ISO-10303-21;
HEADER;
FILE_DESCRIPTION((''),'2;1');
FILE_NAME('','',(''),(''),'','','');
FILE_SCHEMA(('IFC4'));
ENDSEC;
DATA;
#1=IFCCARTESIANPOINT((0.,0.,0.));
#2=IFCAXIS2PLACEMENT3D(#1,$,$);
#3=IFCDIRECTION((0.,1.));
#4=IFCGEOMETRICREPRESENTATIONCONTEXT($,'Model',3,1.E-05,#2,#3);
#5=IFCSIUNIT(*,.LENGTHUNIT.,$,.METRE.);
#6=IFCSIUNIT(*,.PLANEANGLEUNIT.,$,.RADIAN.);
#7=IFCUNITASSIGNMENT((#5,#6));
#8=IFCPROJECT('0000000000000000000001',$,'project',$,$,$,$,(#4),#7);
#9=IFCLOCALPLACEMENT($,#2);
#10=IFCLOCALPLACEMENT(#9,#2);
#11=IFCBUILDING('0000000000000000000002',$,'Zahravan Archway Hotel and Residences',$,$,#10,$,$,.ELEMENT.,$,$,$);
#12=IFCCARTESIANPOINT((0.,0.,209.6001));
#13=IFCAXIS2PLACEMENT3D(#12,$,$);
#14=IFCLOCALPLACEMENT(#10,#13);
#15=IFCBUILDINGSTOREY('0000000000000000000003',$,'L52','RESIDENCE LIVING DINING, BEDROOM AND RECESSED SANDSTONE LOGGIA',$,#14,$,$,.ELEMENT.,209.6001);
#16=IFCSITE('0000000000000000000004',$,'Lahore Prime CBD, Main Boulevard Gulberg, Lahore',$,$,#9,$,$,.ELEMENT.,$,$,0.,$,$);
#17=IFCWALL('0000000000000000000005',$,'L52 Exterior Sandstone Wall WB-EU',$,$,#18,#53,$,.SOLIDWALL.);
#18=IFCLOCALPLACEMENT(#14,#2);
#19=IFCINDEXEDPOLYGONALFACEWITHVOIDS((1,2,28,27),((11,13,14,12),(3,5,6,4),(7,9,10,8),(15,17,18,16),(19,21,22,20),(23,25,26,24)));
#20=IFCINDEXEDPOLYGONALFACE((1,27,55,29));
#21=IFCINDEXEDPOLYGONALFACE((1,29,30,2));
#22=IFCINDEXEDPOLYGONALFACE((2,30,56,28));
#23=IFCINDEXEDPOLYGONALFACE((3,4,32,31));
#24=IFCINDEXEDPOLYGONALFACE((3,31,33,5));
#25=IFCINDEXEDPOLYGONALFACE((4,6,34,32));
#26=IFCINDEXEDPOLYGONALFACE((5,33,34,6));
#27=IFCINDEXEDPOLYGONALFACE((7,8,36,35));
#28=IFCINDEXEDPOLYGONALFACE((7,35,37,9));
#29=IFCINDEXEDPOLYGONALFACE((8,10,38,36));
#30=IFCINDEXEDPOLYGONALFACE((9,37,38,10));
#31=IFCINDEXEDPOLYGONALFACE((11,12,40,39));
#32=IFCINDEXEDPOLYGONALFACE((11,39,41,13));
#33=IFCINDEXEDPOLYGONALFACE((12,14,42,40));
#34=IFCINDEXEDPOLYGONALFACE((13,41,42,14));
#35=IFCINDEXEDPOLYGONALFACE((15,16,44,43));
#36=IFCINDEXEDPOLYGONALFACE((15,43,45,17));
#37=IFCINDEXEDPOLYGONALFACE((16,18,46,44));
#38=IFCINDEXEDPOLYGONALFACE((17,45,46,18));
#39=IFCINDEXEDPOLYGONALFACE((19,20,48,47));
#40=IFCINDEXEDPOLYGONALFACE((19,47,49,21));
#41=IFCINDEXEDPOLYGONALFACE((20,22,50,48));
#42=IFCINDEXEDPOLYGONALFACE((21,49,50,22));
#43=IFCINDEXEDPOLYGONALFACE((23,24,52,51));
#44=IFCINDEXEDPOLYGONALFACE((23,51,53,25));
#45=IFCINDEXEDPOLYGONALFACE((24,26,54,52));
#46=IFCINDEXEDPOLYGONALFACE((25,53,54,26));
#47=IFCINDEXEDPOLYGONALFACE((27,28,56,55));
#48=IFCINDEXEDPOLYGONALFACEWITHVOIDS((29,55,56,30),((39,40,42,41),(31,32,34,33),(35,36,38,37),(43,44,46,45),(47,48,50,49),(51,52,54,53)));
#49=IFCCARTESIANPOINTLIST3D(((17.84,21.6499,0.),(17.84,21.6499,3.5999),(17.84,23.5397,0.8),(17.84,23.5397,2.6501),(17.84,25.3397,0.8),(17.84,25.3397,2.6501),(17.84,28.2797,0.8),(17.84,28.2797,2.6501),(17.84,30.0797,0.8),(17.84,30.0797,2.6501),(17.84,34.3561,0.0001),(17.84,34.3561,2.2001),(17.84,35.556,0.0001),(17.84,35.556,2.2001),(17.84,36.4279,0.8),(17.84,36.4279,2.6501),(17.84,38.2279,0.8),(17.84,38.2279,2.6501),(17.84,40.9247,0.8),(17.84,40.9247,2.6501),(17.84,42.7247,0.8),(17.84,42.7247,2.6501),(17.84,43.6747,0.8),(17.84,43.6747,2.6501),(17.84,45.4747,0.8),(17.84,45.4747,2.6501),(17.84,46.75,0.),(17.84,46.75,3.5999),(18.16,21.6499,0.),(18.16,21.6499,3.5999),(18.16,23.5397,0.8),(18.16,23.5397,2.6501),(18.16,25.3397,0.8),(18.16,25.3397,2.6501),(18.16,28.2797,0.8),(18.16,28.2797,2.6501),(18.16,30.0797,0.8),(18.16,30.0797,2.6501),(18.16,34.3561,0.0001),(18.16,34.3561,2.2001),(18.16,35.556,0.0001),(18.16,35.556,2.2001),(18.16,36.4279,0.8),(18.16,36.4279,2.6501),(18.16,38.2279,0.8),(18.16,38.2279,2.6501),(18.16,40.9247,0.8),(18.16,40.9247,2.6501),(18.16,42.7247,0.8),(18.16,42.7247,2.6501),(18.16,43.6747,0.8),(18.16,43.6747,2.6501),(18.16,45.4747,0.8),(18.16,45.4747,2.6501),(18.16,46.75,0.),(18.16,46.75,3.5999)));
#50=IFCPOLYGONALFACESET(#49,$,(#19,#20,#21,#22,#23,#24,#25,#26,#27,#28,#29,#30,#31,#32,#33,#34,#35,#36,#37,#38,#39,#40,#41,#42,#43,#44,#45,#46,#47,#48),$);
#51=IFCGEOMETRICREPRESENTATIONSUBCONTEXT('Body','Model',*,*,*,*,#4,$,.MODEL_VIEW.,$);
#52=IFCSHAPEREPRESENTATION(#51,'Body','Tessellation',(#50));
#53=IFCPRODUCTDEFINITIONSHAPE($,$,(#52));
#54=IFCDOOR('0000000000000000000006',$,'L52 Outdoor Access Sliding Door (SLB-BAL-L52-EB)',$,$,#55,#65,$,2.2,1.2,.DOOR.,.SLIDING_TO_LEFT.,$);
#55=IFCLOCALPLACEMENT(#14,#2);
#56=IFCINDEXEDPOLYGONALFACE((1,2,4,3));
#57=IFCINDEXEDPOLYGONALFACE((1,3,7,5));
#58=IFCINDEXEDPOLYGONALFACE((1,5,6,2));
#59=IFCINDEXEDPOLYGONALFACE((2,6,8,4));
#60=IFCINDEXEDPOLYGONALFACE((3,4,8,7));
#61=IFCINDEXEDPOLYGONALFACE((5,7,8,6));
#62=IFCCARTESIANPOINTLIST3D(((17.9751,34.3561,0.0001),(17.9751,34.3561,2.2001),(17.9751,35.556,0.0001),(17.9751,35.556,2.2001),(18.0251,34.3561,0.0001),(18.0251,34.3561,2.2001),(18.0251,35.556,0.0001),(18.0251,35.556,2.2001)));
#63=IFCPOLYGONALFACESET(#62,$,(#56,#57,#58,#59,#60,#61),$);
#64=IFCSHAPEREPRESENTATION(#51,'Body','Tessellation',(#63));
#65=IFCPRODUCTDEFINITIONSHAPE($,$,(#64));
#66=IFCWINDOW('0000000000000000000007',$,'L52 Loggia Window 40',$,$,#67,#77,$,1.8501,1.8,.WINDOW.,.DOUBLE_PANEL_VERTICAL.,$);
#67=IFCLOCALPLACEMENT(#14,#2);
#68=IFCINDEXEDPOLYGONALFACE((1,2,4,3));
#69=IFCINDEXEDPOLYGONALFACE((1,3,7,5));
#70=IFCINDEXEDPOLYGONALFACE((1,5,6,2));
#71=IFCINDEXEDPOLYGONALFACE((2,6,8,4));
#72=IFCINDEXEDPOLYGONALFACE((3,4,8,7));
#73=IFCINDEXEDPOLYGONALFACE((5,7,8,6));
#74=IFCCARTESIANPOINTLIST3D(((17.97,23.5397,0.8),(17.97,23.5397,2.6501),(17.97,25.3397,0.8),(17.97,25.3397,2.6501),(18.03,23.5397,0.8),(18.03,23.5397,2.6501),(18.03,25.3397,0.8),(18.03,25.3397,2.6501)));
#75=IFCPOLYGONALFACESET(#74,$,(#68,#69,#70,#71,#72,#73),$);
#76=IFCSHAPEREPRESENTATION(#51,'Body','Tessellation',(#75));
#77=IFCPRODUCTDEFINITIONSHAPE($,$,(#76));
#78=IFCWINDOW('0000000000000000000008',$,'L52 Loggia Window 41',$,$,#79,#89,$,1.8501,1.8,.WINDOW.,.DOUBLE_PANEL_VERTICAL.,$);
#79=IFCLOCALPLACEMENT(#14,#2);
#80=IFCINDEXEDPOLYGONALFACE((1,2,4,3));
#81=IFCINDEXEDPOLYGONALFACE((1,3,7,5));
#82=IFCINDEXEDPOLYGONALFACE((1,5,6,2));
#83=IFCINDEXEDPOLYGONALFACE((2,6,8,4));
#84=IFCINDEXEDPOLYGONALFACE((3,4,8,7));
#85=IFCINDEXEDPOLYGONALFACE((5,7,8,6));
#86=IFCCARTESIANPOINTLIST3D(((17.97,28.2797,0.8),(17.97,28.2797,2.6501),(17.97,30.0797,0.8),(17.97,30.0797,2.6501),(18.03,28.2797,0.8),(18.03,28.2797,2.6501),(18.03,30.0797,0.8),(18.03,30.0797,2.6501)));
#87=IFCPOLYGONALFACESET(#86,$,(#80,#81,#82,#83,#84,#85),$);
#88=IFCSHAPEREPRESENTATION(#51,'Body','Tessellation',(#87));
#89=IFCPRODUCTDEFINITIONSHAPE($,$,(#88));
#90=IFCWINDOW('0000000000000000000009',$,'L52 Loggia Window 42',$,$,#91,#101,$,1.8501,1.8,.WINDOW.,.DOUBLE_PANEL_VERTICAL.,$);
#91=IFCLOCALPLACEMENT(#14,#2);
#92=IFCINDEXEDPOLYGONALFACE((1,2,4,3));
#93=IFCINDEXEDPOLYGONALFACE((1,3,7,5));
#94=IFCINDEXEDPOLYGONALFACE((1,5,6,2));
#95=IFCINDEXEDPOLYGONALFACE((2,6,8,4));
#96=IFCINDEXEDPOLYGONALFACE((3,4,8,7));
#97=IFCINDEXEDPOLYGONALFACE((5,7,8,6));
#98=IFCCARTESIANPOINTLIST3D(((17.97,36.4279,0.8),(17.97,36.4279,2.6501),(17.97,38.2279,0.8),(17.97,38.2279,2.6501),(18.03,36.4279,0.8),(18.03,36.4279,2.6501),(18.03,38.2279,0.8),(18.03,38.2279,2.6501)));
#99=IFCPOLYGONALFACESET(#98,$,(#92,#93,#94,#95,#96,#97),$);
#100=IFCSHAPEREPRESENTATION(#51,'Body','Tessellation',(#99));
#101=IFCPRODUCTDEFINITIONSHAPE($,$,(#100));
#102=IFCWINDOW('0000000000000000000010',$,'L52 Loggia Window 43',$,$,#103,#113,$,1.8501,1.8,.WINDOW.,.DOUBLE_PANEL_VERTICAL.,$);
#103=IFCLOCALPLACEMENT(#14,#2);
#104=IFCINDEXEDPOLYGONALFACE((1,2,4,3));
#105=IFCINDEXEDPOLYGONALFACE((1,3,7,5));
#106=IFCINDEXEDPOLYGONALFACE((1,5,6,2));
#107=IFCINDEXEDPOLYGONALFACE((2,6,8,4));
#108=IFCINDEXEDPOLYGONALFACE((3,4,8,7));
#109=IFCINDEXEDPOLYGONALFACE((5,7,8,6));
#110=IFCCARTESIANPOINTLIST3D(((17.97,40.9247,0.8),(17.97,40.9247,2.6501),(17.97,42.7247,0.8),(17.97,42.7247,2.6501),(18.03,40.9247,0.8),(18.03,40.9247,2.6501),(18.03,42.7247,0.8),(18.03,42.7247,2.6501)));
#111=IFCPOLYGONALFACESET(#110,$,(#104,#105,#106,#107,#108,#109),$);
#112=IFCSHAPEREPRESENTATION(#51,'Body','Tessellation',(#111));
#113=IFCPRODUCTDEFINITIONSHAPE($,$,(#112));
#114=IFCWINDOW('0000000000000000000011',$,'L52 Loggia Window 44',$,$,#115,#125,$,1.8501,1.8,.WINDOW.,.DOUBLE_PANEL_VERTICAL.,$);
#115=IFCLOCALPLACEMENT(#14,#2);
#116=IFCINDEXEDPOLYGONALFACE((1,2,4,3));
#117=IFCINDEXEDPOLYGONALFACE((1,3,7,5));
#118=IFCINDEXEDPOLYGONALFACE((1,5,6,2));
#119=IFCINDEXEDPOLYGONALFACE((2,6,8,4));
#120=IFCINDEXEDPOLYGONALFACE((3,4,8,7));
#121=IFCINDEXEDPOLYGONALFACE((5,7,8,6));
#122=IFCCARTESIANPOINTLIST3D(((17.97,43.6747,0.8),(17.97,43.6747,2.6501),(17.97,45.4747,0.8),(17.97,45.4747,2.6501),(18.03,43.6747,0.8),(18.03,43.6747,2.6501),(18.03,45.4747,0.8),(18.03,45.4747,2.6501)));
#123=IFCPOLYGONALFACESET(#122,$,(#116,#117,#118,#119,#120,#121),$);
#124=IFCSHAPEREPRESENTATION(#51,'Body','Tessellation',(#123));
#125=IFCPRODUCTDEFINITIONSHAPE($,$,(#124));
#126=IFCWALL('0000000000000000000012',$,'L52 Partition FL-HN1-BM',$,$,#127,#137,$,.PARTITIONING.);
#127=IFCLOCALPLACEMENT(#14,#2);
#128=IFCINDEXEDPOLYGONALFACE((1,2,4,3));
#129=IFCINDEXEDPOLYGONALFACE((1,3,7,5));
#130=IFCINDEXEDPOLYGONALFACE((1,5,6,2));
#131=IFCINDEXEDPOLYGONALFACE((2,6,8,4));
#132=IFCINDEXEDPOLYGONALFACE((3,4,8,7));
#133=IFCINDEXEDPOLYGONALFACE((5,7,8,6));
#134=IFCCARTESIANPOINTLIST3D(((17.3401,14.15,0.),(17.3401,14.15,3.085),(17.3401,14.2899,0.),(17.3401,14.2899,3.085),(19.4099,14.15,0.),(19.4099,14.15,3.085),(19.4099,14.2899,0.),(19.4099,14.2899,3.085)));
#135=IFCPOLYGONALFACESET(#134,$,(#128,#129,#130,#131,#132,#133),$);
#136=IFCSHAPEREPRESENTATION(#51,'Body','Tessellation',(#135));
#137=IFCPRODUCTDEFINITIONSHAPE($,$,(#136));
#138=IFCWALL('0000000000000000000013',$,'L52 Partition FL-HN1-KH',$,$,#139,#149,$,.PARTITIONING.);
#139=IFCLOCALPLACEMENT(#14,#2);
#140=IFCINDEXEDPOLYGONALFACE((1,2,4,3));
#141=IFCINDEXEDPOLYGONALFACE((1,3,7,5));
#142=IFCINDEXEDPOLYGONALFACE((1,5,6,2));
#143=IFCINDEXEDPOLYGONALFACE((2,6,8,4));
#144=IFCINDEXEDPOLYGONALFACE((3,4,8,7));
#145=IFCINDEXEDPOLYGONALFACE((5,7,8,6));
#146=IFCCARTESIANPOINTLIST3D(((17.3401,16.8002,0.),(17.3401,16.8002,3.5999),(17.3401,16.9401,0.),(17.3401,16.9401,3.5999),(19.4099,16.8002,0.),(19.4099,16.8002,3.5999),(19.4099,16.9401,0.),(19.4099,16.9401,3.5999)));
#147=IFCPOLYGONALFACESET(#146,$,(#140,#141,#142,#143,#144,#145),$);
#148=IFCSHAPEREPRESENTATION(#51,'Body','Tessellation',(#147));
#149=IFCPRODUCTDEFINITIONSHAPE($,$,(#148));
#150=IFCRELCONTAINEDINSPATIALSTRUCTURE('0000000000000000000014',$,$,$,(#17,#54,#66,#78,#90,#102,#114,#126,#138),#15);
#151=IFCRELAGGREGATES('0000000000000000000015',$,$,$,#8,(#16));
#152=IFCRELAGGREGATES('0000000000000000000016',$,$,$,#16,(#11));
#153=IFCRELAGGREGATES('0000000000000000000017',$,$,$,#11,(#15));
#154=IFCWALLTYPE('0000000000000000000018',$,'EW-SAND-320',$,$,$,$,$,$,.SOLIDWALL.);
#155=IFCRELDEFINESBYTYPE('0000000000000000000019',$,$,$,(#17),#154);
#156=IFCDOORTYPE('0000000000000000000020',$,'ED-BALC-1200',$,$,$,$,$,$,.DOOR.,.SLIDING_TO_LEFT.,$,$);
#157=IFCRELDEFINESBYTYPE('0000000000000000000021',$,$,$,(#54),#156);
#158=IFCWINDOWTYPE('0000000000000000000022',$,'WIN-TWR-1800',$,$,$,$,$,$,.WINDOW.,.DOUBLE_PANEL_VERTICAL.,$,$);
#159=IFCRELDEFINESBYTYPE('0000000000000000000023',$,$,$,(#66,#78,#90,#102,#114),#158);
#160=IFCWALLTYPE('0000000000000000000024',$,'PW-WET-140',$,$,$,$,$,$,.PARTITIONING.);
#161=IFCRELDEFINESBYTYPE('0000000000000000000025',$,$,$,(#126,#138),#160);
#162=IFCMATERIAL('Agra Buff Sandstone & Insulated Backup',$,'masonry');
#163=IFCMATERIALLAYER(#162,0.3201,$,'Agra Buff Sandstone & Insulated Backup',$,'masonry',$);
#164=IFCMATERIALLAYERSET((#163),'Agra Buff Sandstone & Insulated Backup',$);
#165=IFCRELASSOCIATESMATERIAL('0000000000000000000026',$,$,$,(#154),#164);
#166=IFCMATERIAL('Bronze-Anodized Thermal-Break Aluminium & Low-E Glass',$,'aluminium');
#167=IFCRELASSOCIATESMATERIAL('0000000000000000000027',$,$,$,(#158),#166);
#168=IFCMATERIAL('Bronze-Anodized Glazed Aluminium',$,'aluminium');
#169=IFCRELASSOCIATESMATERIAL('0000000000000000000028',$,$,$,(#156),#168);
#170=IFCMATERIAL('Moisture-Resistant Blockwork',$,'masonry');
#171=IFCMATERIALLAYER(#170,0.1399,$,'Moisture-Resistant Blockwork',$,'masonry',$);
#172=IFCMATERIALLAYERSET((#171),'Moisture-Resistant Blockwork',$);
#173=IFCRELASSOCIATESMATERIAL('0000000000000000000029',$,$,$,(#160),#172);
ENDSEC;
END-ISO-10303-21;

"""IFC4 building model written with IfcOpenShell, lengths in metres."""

from ifc_helpers import new_model, si_unit, direction, frame, frame_2d, origin, place, context, subcontext, project, spatial, rectangle, extrude, source, transform, mapped, material, layer, layer_set, type_object, type_shapes, element, fill, save


model = new_model("IFC4")

# Units and contexts
model_context = context("Model", 3, precision=1e-05, world=origin(), true_north=direction((0.0, 1.0)))
body_context = subcontext(model_context, "Body", "Model", "MODEL_VIEW")
ifc_project = project(units=[si_unit("LENGTHUNIT", "METRE"), si_unit("PLANEANGLEUNIT", "RADIAN")], contexts=[model_context])

# Site, building, storey
site_placement = place(None, origin())
site = spatial("IfcSite", under=ifc_project, at=site_placement, Name="Lahore Prime CBD, Main Boulevard Gulberg, Lahore", CompositionType="ELEMENT", RefElevation=0.0)
building_placement = place(site_placement, origin())
building = spatial("IfcBuilding", under=site, at=building_placement, Name="Zahravan Archway Hotel and Residences", CompositionType="ELEMENT")
storey_placement = place(building_placement, frame((0.0, 0.0, 209.6001)))
storey = spatial("IfcBuildingStorey", under=building, at=storey_placement, Name="L52", Description="RESIDENCE LIVING DINING, BEDROOM AND RECESSED SANDSTONE LOGGIA", CompositionType="ELEMENT", Elevation=209.6001)

# Shared definitions
ifc_material_1 = material(Name="Agra Buff Sandstone & Insulated Backup", Category="masonry")
ifc_layer_1 = layer(ifc_material_1, 0.3201, Name="Agra Buff Sandstone & Insulated Backup", Category="masonry")
ifc_layer_set_1 = layer_set([ifc_layer_1], Name="Agra Buff Sandstone & Insulated Backup")
wall_type_1 = type_object("IfcWallType", Name="EW-SAND-320", PredefinedType="SOLIDWALL", material=ifc_layer_set_1)
ifc_material_2 = material(Name="Bronze-Anodized Thermal-Break Aluminium & Low-E Glass", Category="aluminium")
window_type_1 = type_object("IfcWindowType", Name="WIN-TWR-1800", PartitioningType="DOUBLE_PANEL_VERTICAL", PredefinedType="WINDOW", material=ifc_material_2)
shared_shape_1 = source(origin(), body_context, "Body", "SweptSolid", [
    extrude(rectangle(XDim=1.8, YDim=1.8501, at=frame_2d((0.8999, 0.925))), frame((0.0, 0.03, 0.0), z_axis=(0.0, -1.0, 0.0), x_axis=(1.0, 0.0, 0.0)), (0.0, 0.0, 1.0), 0.0601),
])
type_shapes(window_type_1, [shared_shape_1])

# Wall, openings, door, windows
wall_1_placement = place(storey_placement, frame((18.0, 21.6499, 0.0), z_axis=(0.0, 0.0, 1.0), x_axis=(0.0, 1.0, 0.0)))
wall_1 = element("IfcWall", 1, at=wall_1_placement, inside=storey, type_object=wall_type_1, Name="L52 Exterior Sandstone Wall WB-EU", PredefinedType="SOLIDWALL", context=body_context, shape_type="SweptSolid", body=[
    extrude(rectangle(XDim=25.1001, YDim=0.3201, at=frame_2d((12.55, 0.0))), origin(), (0.0, 0.0, 1.0), 3.5999),
])
opening_1_placement = place(wall_1_placement, frame((12.7061, 0.0, 0.0)))
opening_1 = element("IfcOpeningElement", 2, at=opening_1_placement, cuts=wall_1, PredefinedType="OPENING", context=body_context, shape_type="SweptSolid", body=[
    extrude(rectangle(XDim=1.2, YDim=2.2, at=frame_2d((0.6001, 1.1001))), frame((0.0, 0.1699, 0.0), z_axis=(0.0, -1.0, 0.0), x_axis=(1.0, 0.0, 0.0)), (0.0, 0.0, 1.0), 0.3401),
])
opening_2_placement = place(wall_1_placement, frame((1.8899, 0.0, 0.8)))
opening_2 = element("IfcOpeningElement", 3, at=opening_2_placement, cuts=wall_1, PredefinedType="OPENING", context=body_context, shape_type="SweptSolid", body=[
    extrude(rectangle(XDim=1.8, YDim=1.8501, at=frame_2d((0.8999, 0.925))), frame((0.0, 0.1699, 0.0), z_axis=(0.0, -1.0, 0.0), x_axis=(1.0, 0.0, 0.0)), (0.0, 0.0, 1.0), 0.3401),
])
opening_3_placement = place(wall_1_placement, frame((6.6299, 0.0, 0.8)))
opening_3 = element("IfcOpeningElement", 4, at=opening_3_placement, cuts=wall_1, PredefinedType="OPENING", context=body_context, shape_type="SweptSolid", body=[
    extrude(rectangle(XDim=1.8, YDim=1.8501, at=frame_2d((0.8999, 0.925))), frame((0.0, 0.1699, 0.0), z_axis=(0.0, -1.0, 0.0), x_axis=(1.0, 0.0, 0.0)), (0.0, 0.0, 1.0), 0.3401),
])
opening_4_placement = place(wall_1_placement, frame((14.7781, 0.0, 0.8)))
opening_4 = element("IfcOpeningElement", 5, at=opening_4_placement, cuts=wall_1, PredefinedType="OPENING", context=body_context, shape_type="SweptSolid", body=[
    extrude(rectangle(XDim=1.8, YDim=1.8501, at=frame_2d((0.8999, 0.925))), frame((0.0, 0.1699, 0.0), z_axis=(0.0, -1.0, 0.0), x_axis=(1.0, 0.0, 0.0)), (0.0, 0.0, 1.0), 0.3401),
])
opening_5_placement = place(wall_1_placement, frame((19.2749, 0.0, 0.8)))
opening_5 = element("IfcOpeningElement", 6, at=opening_5_placement, cuts=wall_1, PredefinedType="OPENING", context=body_context, shape_type="SweptSolid", body=[
    extrude(rectangle(XDim=1.8, YDim=1.8501, at=frame_2d((0.8999, 0.925))), frame((0.0, 0.1699, 0.0), z_axis=(0.0, -1.0, 0.0), x_axis=(1.0, 0.0, 0.0)), (0.0, 0.0, 1.0), 0.3401),
])
opening_6_placement = place(wall_1_placement, frame((22.0249, 0.0, 0.8)))
opening_6 = element("IfcOpeningElement", 7, at=opening_6_placement, cuts=wall_1, PredefinedType="OPENING", context=body_context, shape_type="SweptSolid", body=[
    extrude(rectangle(XDim=1.8, YDim=1.8501, at=frame_2d((0.8999, 0.925))), frame((0.0, 0.1699, 0.0), z_axis=(0.0, -1.0, 0.0), x_axis=(1.0, 0.0, 0.0)), (0.0, 0.0, 1.0), 0.3401),
])
ifc_material_3 = material(Name="Bronze-Anodized Glazed Aluminium", Category="aluminium")
door_type = type_object("IfcDoorType", Name="ED-BALC-1200", OperationType="SLIDING_TO_LEFT", PredefinedType="DOOR", material=ifc_material_3)
shared_shape_2 = source(origin(), body_context, "Body", "SweptSolid", [
    extrude(rectangle(XDim=1.2, YDim=2.2, at=frame_2d((0.6001, 1.1001))), frame((0.0, 0.0249, 0.0), z_axis=(0.0, -1.0, 0.0), x_axis=(1.0, 0.0, 0.0)), (0.0, 0.0, 1.0), 0.05),
])
type_shapes(door_type, [shared_shape_2])
door_placement = place(opening_1_placement, origin())
door = element("IfcDoor", 8, at=door_placement, inside=storey, type_object=door_type, Name="L52 Outdoor Access Sliding Door (SLB-BAL-L52-EB)", OperationType="SLIDING_TO_LEFT", OverallHeight=2.2, OverallWidth=1.2, PredefinedType="DOOR", context=body_context, shape_type="MappedRepresentation", body=[
    mapped(shared_shape_2, transform((0.0, 0.0, 0.0), scale=1.0)),
])
fill(opening_1, door)
window_1_placement = place(opening_2_placement, origin())
window_1 = element("IfcWindow", 9, at=window_1_placement, inside=storey, type_object=window_type_1, Name="L52 Loggia Window 40", OverallHeight=1.8501, OverallWidth=1.8, PartitioningType="DOUBLE_PANEL_VERTICAL", PredefinedType="WINDOW", context=body_context, shape_type="MappedRepresentation", body=[
    mapped(shared_shape_1, transform((0.0, 0.0, 0.0), scale=1.0)),
])
fill(opening_2, window_1)
window_2_placement = place(opening_3_placement, origin())
window_2 = element("IfcWindow", 10, at=window_2_placement, inside=storey, type_object=window_type_1, Name="L52 Loggia Window 41", OverallHeight=1.8501, OverallWidth=1.8, PartitioningType="DOUBLE_PANEL_VERTICAL", PredefinedType="WINDOW", context=body_context, shape_type="MappedRepresentation", body=[
    mapped(shared_shape_1, transform((0.0, 0.0, 0.0), scale=1.0)),
])
fill(opening_3, window_2)
window_3_placement = place(opening_4_placement, origin())
window_3 = element("IfcWindow", 11, at=window_3_placement, inside=storey, type_object=window_type_1, Name="L52 Loggia Window 42", OverallHeight=1.8501, OverallWidth=1.8, PartitioningType="DOUBLE_PANEL_VERTICAL", PredefinedType="WINDOW", context=body_context, shape_type="MappedRepresentation", body=[
    mapped(shared_shape_1, transform((0.0, 0.0, 0.0), scale=1.0)),
])
fill(opening_4, window_3)
window_4_placement = place(opening_5_placement, origin())
window_4 = element("IfcWindow", 12, at=window_4_placement, inside=storey, type_object=window_type_1, Name="L52 Loggia Window 43", OverallHeight=1.8501, OverallWidth=1.8, PartitioningType="DOUBLE_PANEL_VERTICAL", PredefinedType="WINDOW", context=body_context, shape_type="MappedRepresentation", body=[
    mapped(shared_shape_1, transform((0.0, 0.0, 0.0), scale=1.0)),
])
fill(opening_5, window_4)
window_5_placement = place(opening_6_placement, origin())
window_5 = element("IfcWindow", 13, at=window_5_placement, inside=storey, type_object=window_type_1, Name="L52 Loggia Window 44", OverallHeight=1.8501, OverallWidth=1.8, PartitioningType="DOUBLE_PANEL_VERTICAL", PredefinedType="WINDOW", context=body_context, shape_type="MappedRepresentation", body=[
    mapped(shared_shape_1, transform((0.0, 0.0, 0.0), scale=1.0)),
])
fill(opening_6, window_5)

# Walls
ifc_material_4 = material(Name="Moisture-Resistant Blockwork", Category="masonry")
ifc_layer_2 = layer(ifc_material_4, 0.1399, Name="Moisture-Resistant Blockwork", Category="masonry")
ifc_layer_set_2 = layer_set([ifc_layer_2], Name="Moisture-Resistant Blockwork")
wall_type_2 = type_object("IfcWallType", Name="PW-WET-140", PredefinedType="PARTITIONING", material=ifc_layer_set_2)
wall_2_placement = place(storey_placement, frame((17.3401, 14.22, 0.0), z_axis=(0.0, 0.0, 1.0), x_axis=(1.0, 0.0, 0.0)))
element("IfcWall", 14, at=wall_2_placement, inside=storey, type_object=wall_type_2, Name="L52 Partition FL-HN1-BM", PredefinedType="PARTITIONING", context=body_context, shape_type="SweptSolid", body=[
    extrude(rectangle(XDim=2.0698, YDim=0.1399, at=frame_2d((1.0349, 0.0))), origin(), (0.0, 0.0, 1.0), 3.085),
])
wall_3_placement = place(storey_placement, frame((17.3401, 16.8701, 0.0), z_axis=(0.0, 0.0, 1.0), x_axis=(1.0, 0.0, 0.0)))
element("IfcWall", 15, at=wall_3_placement, inside=storey, type_object=wall_type_2, Name="L52 Partition FL-HN1-KH", PredefinedType="PARTITIONING", context=body_context, shape_type="SweptSolid", body=[
    extrude(rectangle(XDim=2.0698, YDim=0.1399, at=frame_2d((1.0349, 0.0))), origin(), (0.0, 0.0, 1.0), 3.5999),
])

save(model, "model.ifc")
